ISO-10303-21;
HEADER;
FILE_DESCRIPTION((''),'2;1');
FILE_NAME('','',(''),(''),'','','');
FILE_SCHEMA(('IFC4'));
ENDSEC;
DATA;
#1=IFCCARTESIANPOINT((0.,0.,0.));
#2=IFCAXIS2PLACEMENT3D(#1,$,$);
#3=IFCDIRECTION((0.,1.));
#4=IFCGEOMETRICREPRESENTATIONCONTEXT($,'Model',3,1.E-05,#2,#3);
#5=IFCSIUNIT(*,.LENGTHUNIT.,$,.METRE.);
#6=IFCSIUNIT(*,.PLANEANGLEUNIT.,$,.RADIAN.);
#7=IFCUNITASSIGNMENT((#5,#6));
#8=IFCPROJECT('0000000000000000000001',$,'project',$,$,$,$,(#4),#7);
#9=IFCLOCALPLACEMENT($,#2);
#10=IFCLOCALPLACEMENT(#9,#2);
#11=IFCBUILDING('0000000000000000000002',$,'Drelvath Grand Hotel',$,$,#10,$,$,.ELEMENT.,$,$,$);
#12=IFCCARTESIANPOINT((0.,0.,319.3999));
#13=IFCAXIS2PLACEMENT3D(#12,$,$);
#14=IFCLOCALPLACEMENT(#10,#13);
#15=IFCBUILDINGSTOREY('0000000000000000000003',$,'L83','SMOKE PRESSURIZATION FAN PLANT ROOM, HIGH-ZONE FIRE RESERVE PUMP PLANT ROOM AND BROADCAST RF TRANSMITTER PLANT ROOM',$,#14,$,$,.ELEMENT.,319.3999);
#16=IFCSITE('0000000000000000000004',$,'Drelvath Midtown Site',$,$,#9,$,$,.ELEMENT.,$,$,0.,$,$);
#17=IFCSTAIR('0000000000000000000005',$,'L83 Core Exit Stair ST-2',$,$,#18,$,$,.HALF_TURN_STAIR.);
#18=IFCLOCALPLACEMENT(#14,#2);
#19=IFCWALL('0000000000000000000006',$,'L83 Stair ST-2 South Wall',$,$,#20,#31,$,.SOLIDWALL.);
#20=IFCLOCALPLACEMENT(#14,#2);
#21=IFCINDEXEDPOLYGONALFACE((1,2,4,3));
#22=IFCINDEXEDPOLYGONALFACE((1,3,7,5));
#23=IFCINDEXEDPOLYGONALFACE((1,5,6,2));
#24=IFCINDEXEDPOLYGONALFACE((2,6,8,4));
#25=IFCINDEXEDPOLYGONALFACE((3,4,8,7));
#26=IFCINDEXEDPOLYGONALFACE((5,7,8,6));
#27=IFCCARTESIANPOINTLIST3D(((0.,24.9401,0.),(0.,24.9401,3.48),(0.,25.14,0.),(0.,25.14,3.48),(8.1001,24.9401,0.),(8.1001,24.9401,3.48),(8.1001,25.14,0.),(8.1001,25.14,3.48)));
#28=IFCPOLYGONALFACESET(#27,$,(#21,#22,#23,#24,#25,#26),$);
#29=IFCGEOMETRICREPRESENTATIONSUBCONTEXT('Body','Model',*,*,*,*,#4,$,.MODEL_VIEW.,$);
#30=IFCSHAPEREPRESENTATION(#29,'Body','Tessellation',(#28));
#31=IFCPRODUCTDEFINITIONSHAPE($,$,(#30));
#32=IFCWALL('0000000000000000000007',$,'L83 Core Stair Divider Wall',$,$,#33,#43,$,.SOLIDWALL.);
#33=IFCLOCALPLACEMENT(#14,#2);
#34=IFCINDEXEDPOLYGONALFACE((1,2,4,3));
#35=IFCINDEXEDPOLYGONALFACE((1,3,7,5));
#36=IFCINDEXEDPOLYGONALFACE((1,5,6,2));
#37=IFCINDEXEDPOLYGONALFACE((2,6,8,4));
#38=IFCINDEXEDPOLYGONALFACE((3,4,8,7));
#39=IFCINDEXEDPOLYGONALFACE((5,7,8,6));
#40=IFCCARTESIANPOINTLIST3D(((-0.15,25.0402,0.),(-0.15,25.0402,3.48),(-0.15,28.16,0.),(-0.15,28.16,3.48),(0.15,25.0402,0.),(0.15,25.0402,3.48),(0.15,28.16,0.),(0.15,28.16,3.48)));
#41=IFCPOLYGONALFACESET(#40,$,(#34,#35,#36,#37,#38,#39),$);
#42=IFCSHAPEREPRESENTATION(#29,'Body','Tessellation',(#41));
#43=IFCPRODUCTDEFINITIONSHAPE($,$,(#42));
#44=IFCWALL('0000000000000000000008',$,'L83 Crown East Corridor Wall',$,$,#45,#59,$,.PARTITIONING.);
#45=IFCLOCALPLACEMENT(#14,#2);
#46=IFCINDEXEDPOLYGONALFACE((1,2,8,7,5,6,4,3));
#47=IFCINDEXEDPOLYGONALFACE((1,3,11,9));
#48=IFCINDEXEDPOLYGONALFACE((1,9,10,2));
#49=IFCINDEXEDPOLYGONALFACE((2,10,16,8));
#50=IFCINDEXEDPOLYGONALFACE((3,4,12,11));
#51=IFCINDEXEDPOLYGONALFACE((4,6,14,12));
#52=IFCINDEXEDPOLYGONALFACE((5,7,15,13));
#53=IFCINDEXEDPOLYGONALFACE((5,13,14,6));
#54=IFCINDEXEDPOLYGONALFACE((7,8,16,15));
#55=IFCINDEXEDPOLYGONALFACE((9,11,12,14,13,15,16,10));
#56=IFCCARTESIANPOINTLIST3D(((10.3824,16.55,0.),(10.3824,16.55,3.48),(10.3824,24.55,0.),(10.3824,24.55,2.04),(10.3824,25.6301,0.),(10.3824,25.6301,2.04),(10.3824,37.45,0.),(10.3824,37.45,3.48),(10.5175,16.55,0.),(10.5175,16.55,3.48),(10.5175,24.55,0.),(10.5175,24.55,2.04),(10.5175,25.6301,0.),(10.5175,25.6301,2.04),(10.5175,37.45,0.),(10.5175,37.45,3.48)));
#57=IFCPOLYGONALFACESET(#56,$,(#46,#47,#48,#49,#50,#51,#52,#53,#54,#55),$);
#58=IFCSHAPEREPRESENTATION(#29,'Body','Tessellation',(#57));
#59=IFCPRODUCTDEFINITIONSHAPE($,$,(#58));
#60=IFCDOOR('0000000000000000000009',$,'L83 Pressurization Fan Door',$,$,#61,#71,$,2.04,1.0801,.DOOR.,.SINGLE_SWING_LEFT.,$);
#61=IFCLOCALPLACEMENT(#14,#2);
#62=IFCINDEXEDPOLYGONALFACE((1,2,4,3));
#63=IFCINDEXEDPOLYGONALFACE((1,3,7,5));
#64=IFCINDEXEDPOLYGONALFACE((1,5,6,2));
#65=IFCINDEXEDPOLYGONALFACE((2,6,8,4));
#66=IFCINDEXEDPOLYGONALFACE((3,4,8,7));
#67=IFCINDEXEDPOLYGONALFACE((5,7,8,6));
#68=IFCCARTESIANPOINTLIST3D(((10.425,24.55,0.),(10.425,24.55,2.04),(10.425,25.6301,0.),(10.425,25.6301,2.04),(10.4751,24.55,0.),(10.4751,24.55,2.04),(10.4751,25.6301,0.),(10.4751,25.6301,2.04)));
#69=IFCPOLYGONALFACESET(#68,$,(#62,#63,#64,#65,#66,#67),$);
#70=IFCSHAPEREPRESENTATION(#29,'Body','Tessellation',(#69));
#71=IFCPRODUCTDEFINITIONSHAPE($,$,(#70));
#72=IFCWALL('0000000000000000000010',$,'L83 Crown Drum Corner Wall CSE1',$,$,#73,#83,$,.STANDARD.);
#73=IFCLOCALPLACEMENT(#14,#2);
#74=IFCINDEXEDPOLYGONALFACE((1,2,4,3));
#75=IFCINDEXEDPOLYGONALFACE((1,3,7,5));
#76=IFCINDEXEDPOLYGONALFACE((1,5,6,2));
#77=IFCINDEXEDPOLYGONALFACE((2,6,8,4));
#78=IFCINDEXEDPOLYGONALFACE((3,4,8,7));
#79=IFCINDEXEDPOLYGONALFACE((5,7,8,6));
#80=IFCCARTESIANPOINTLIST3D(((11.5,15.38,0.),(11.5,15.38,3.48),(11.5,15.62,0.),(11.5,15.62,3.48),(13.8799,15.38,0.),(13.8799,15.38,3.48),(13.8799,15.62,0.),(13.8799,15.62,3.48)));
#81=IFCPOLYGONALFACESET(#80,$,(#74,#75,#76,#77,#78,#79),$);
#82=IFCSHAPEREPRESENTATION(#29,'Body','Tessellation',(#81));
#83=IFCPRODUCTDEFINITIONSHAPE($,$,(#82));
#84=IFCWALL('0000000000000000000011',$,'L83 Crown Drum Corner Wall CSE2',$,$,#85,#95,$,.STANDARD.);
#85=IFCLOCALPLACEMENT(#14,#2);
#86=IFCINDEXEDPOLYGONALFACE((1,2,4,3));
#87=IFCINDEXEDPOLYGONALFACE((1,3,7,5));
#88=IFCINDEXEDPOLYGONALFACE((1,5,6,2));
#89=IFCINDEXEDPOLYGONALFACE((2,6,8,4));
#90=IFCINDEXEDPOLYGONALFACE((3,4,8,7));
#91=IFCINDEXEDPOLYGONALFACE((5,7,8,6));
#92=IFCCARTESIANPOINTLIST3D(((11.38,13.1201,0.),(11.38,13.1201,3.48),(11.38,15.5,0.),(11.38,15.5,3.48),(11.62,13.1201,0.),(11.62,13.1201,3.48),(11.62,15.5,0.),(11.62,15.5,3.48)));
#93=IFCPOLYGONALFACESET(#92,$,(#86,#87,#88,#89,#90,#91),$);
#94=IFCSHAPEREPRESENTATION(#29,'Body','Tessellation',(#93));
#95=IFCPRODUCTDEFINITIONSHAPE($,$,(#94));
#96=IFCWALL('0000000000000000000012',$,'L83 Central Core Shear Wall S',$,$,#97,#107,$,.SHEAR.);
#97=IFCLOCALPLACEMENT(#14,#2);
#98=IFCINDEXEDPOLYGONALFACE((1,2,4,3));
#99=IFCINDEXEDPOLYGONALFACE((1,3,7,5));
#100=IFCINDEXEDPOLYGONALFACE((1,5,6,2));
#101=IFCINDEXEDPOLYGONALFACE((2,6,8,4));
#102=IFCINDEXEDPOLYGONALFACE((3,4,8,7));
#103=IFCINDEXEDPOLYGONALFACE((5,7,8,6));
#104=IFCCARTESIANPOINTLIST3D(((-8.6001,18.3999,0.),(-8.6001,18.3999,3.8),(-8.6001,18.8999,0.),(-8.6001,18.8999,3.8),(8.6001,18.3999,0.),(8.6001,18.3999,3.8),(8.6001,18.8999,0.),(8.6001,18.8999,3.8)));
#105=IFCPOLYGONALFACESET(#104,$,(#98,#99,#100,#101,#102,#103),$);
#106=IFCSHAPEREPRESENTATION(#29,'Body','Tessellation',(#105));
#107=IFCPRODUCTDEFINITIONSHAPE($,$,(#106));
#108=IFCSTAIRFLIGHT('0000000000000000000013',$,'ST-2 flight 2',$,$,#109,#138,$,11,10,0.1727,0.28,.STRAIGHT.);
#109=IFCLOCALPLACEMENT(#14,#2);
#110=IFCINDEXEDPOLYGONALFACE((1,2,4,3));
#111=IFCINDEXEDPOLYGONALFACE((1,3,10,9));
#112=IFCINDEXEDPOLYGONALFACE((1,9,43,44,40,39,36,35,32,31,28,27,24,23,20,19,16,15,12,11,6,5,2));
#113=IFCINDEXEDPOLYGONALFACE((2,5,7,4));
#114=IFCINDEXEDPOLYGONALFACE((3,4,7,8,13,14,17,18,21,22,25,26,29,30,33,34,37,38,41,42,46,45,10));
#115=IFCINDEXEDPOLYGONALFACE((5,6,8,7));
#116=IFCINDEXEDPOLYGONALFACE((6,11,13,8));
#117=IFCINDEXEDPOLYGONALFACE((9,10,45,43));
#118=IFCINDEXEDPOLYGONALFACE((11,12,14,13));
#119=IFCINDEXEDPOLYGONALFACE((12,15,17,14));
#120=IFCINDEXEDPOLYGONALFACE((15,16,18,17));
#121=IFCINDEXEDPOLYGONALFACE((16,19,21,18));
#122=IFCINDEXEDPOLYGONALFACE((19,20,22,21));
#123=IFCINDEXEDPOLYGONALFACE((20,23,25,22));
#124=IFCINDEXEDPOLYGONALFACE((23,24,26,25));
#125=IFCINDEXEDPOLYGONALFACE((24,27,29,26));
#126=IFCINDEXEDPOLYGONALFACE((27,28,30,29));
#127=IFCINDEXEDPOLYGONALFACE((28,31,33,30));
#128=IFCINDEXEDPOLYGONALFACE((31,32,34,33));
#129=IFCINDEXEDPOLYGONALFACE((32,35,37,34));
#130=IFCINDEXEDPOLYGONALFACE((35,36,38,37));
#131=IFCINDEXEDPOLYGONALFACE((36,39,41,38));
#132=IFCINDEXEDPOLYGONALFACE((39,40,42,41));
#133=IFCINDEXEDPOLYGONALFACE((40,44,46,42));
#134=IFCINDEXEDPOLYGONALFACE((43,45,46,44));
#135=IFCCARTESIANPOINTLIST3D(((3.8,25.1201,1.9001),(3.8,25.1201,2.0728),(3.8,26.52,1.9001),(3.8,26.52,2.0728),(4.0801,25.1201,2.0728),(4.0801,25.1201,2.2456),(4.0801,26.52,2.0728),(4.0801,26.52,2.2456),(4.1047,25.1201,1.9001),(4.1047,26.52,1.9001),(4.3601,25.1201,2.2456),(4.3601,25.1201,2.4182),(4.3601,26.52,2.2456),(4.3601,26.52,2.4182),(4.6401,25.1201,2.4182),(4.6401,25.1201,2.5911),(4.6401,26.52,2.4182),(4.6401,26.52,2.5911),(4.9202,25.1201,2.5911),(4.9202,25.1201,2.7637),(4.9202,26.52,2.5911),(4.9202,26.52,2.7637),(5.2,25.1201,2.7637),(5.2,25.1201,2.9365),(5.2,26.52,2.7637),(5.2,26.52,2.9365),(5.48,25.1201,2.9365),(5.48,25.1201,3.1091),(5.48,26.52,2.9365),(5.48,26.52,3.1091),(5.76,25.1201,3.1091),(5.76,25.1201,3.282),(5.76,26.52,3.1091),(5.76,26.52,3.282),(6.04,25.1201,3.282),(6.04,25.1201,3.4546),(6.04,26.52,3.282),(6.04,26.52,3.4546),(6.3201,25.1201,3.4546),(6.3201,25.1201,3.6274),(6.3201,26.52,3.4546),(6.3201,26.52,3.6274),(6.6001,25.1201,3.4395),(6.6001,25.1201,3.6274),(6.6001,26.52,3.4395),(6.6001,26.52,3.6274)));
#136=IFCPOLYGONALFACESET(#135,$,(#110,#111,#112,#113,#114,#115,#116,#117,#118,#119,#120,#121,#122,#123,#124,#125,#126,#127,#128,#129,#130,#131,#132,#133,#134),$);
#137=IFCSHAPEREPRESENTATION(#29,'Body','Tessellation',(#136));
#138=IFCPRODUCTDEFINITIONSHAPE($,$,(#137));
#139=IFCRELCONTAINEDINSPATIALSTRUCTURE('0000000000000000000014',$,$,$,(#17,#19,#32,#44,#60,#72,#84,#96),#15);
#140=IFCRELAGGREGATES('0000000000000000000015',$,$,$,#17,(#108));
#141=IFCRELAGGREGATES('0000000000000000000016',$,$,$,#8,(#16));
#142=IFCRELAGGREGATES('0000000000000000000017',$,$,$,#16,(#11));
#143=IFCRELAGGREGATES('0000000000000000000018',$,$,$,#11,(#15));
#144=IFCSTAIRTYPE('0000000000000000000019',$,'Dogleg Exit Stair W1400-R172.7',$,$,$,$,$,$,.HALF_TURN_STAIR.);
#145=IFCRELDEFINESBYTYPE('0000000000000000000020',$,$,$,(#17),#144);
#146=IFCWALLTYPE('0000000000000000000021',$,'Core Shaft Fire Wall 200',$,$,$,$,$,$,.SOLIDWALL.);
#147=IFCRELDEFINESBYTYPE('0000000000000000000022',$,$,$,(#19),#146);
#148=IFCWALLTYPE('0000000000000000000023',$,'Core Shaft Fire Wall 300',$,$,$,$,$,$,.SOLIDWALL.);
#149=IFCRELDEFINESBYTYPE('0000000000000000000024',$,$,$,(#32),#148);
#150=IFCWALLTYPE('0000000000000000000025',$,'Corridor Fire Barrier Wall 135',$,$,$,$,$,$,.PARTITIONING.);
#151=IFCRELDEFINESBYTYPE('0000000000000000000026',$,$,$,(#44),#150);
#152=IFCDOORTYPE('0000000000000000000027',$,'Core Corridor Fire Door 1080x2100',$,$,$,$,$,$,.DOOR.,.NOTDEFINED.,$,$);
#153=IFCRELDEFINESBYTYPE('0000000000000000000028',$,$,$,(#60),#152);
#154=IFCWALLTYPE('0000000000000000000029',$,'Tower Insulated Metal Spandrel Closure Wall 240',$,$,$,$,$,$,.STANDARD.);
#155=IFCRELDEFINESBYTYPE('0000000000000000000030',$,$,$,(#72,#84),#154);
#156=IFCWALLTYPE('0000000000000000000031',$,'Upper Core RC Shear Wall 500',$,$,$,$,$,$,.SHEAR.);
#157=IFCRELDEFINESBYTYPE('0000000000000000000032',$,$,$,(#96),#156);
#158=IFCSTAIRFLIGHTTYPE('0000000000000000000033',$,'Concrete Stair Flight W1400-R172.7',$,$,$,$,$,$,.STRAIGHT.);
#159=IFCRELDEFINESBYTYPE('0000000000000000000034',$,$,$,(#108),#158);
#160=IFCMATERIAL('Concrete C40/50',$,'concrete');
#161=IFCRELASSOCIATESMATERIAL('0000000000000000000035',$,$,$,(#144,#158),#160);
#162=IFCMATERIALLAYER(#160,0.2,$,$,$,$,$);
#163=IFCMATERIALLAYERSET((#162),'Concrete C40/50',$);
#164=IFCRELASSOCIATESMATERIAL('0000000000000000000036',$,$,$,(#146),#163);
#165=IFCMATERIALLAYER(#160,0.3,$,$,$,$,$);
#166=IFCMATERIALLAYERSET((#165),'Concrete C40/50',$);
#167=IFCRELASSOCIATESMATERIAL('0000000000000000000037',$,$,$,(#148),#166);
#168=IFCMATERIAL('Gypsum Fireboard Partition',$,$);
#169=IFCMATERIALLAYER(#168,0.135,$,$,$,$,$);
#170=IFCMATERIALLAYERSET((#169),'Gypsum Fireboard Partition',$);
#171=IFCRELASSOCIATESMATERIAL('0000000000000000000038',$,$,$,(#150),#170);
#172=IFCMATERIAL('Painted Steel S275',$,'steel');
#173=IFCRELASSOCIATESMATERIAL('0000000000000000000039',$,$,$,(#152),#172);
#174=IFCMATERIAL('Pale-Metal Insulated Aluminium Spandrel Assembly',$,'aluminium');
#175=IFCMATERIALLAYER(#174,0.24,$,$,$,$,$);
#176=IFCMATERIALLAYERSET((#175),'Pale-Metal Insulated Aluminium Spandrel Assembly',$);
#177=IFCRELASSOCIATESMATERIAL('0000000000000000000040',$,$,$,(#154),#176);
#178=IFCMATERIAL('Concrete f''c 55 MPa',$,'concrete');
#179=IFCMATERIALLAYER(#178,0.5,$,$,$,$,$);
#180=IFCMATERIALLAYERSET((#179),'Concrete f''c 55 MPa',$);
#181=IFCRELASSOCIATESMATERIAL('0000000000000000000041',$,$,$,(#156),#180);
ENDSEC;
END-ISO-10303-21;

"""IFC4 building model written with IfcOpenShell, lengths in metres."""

from ifc_helpers import new_model, si_unit, direction, frame, frame_2d, origin, place, context, subcontext, project, spatial, polyline, rectangle, outline, extrude, material, layer, layer_set, type_object, element, fill, aggregate, save


model = new_model("IFC4")

# Units and contexts
model_context = context("Model", 3, precision=1e-05, world=origin(), true_north=direction((0.0, 1.0)))
body_context = subcontext(model_context, "Body", "Model", "MODEL_VIEW")
ifc_project = project(units=[si_unit("LENGTHUNIT", "METRE"), si_unit("PLANEANGLEUNIT", "RADIAN")], contexts=[model_context])

# Site, building, storey
site_placement = place(None, origin())
site = spatial("IfcSite", under=ifc_project, at=site_placement, Name="Drelvath Midtown Site", CompositionType="ELEMENT", RefElevation=0.0)
building_placement = place(site_placement, origin())
building = spatial("IfcBuilding", under=site, at=building_placement, Name="Drelvath Grand Hotel", CompositionType="ELEMENT")
storey_placement = place(building_placement, frame((0.0, 0.0, 319.3999)))
storey = spatial("IfcBuildingStorey", under=building, at=storey_placement, Name="L83", Description="SMOKE PRESSURIZATION FAN PLANT ROOM, HIGH-ZONE FIRE RESERVE PUMP PLANT ROOM AND BROADCAST RF TRANSMITTER PLANT ROOM", CompositionType="ELEMENT", Elevation=319.3999)

# Shared definitions
ifc_material_1 = material(Name="Concrete f'c 55 MPa", Category="concrete")

# Stair
ifc_material_2 = material(Name="Concrete C40/50", Category="concrete")
stair_type = type_object("IfcStairType", Name="Dogleg Exit Stair W1400-R172.7", PredefinedType="HALF_TURN_STAIR", material=ifc_material_2)
stair_1_placement = place(storey_placement, origin())
stair_1 = element("IfcStair", 1, at=stair_1_placement, inside=storey, type_object=stair_type, Name="L83 Core Exit Stair ST-2", PredefinedType="HALF_TURN_STAIR")

# Walls
ifc_layer_1 = layer(ifc_material_2, 0.2)
ifc_layer_set_1 = layer_set([ifc_layer_1], Name="Concrete C40/50")
wall_type_1 = type_object("IfcWallType", Name="Core Shaft Fire Wall 200", PredefinedType="SOLIDWALL", material=ifc_layer_set_1)
wall_1_placement = place(storey_placement, frame((0.0, 25.04, 0.0), z_axis=(0.0, 0.0, 1.0), x_axis=(1.0, 0.0, 0.0)))
element("IfcWall", 2, at=wall_1_placement, inside=storey, type_object=wall_type_1, Name="L83 Stair ST-2 South Wall", PredefinedType="SOLIDWALL", context=body_context, shape_type="SweptSolid", body=[
    extrude(rectangle(XDim=8.1001, YDim=0.2, at=frame_2d((4.05, 0.0))), origin(), (0.0, 0.0, 1.0), 3.48),
])
ifc_layer_2 = layer(ifc_material_2, 0.3)
ifc_layer_set_2 = layer_set([ifc_layer_2], Name="Concrete C40/50")
wall_type_2 = type_object("IfcWallType", Name="Core Shaft Fire Wall 300", PredefinedType="SOLIDWALL", material=ifc_layer_set_2)
wall_2_placement = place(storey_placement, frame((0.0, 25.04, 0.0), z_axis=(0.0, 0.0, 1.0), x_axis=(0.0, 1.0, 0.0)))
element("IfcWall", 3, at=wall_2_placement, inside=storey, type_object=wall_type_2, Name="L83 Core Stair Divider Wall", PredefinedType="SOLIDWALL", context=body_context, shape_type="SweptSolid", body=[
    extrude(rectangle(XDim=3.1199, YDim=0.3, at=frame_2d((1.5601, 0.0))), origin(), (0.0, 0.0, 1.0), 3.48),
])

# Wall, opening, door
ifc_material_3 = material(Name="Gypsum Fireboard Partition")
ifc_layer_3 = layer(ifc_material_3, 0.135)
ifc_layer_set_3 = layer_set([ifc_layer_3], Name="Gypsum Fireboard Partition")
wall_type_3 = type_object("IfcWallType", Name="Corridor Fire Barrier Wall 135", PredefinedType="PARTITIONING", material=ifc_layer_set_3)
wall_3_placement = place(storey_placement, frame((10.45, 16.55, 0.0), z_axis=(0.0, 0.0, 1.0), x_axis=(0.0, 1.0, 0.0)))
wall_3 = element("IfcWall", 4, at=wall_3_placement, inside=storey, type_object=wall_type_3, Name="L83 Crown East Corridor Wall", PredefinedType="PARTITIONING", context=body_context, shape_type="SweptSolid", body=[
    extrude(rectangle(XDim=20.8999, YDim=0.135, at=frame_2d((10.45, 0.0))), origin(), (0.0, 0.0, 1.0), 3.48),
])
opening_placement = place(wall_3_placement, frame((8.0, 0.0, 0.0)))
opening = element("IfcOpeningElement", 5, at=opening_placement, cuts=wall_3, PredefinedType="OPENING", context=body_context, shape_type="SweptSolid", body=[
    extrude(rectangle(XDim=1.0801, YDim=2.04, at=frame_2d((0.54, 1.02))), frame((0.0, 0.0774, 0.0), z_axis=(0.0, -1.0, 0.0), x_axis=(1.0, 0.0, 0.0)), (0.0, 0.0, 1.0), 0.155),
])
ifc_material_4 = material(Name="Painted Steel S275", Category="steel")
door_type = type_object("IfcDoorType", Name="Core Corridor Fire Door 1080x2100", OperationType="NOTDEFINED", PredefinedType="DOOR", material=ifc_material_4)
door_placement = place(opening_placement, origin())
door = element("IfcDoor", 6, at=door_placement, inside=storey, type_object=door_type, Name="L83 Pressurization Fan Door", OperationType="SINGLE_SWING_LEFT", OverallHeight=2.04, OverallWidth=1.0801, PredefinedType="DOOR", context=body_context, shape_type="SweptSolid", body=[
    extrude(rectangle(XDim=1.0801, YDim=2.04, at=frame_2d((0.54, 1.02))), frame((0.0, 0.0249, 0.0), z_axis=(0.0, -1.0, 0.0), x_axis=(1.0, 0.0, 0.0)), (0.0, 0.0, 1.0), 0.05),
])
fill(opening, door)

# Walls
ifc_material_5 = material(Name="Pale-Metal Insulated Aluminium Spandrel Assembly", Category="aluminium")
ifc_layer_4 = layer(ifc_material_5, 0.24)
ifc_layer_set_4 = layer_set([ifc_layer_4], Name="Pale-Metal Insulated Aluminium Spandrel Assembly")
wall_type_4 = type_object("IfcWallType", Name="Tower Insulated Metal Spandrel Closure Wall 240", PredefinedType="STANDARD", material=ifc_layer_set_4)
for number, where, z_axis, x_axis, name in (
    (7, (13.8799, 15.5, 0.0), (0.0, 0.0, 1.0), (-1.0, 0.0, 0.0), "L83 Crown Drum Corner Wall CSE1"),
    (8, (11.5, 15.5, 0.0), (0.0, 0.0, 1.0), (0.0, -1.0, 0.0), "L83 Crown Drum Corner Wall CSE2"),
):
    element("IfcWall", number, at=place(storey_placement, frame(where, z_axis=z_axis, x_axis=x_axis)), inside=storey, type_object=wall_type_4, Name=name, PredefinedType="STANDARD", context=body_context, shape_type="SweptSolid", body=[
        extrude(rectangle(XDim=2.3799, YDim=0.24, at=frame_2d((1.1899, 0.0))), origin(), (0.0, 0.0, 1.0), 3.48),
    ])
ifc_layer_5 = layer(ifc_material_1, 0.5)
ifc_layer_set_5 = layer_set([ifc_layer_5], Name="Concrete f'c 55 MPa")
wall_type_5 = type_object("IfcWallType", Name="Upper Core RC Shear Wall 500", PredefinedType="SHEAR", material=ifc_layer_set_5)
wall_4_placement = place(storey_placement, frame((8.6001, 18.6499, 0.0), z_axis=(0.0, 0.0, 1.0), x_axis=(-1.0, 0.0, 0.0)))
element("IfcWall", 9, at=wall_4_placement, inside=storey, type_object=wall_type_5, Name="L83 Central Core Shear Wall S", PredefinedType="SHEAR", context=body_context, shape_type="SweptSolid", body=[
    extrude(rectangle(XDim=17.2002, YDim=0.5, at=frame_2d((8.6001, 0.0))), origin(), (0.0, 0.0, 1.0), 3.8),
])

# Stair flight
stair_flight_type = type_object("IfcStairFlightType", Name="Concrete Stair Flight W1400-R172.7", PredefinedType="STRAIGHT", material=ifc_material_2)
stair_flight_placement = place(storey_placement, frame((3.8, 25.8201, 1.9001), z_axis=(0.0, 0.0, 1.0), x_axis=(1.0, 0.0, 0.0)))
stair_flight = element("IfcStairFlight", 10, at=stair_flight_placement, type_object=stair_flight_type, Name="ST-2 flight 2", NumberOfRisers=11, NumberOfTreads=10, PredefinedType="STRAIGHT", RiserHeight=0.1727, TreadLength=0.28, context=body_context, shape_type="SweptSolid", body=[
    extrude(outline(polyline([(0.0, 0.0), (0.0, 0.1726), (0.28, 0.1726), (0.28, 0.3455), (0.5601, 0.3455), (0.5601, 0.5181), (0.8401, 0.5181), (0.8401, 0.6909), (1.1201, 0.6909), (1.1201, 0.8635), (1.3999, 0.8635), (1.3999, 1.0364), (1.6799, 1.0364), (1.6799, 1.209), (1.96, 1.209), (1.96, 1.3818), (2.24, 1.3818), (2.24, 1.5544), (2.52, 1.5544), (2.52, 1.7273), (2.8, 1.7273), (2.8, 1.8999), (2.8, 1.5393), (0.3047, 0.0), (0.0, 0.0)])), frame((0.0, 0.7, 0.0), z_axis=(0.0, -1.0, 0.0), x_axis=(1.0, 0.0, 0.0)), (0.0, 0.0, 1.0), 1.3999),
])
aggregate(stair_1, [stair_flight])

save(model, "model.ifc")
